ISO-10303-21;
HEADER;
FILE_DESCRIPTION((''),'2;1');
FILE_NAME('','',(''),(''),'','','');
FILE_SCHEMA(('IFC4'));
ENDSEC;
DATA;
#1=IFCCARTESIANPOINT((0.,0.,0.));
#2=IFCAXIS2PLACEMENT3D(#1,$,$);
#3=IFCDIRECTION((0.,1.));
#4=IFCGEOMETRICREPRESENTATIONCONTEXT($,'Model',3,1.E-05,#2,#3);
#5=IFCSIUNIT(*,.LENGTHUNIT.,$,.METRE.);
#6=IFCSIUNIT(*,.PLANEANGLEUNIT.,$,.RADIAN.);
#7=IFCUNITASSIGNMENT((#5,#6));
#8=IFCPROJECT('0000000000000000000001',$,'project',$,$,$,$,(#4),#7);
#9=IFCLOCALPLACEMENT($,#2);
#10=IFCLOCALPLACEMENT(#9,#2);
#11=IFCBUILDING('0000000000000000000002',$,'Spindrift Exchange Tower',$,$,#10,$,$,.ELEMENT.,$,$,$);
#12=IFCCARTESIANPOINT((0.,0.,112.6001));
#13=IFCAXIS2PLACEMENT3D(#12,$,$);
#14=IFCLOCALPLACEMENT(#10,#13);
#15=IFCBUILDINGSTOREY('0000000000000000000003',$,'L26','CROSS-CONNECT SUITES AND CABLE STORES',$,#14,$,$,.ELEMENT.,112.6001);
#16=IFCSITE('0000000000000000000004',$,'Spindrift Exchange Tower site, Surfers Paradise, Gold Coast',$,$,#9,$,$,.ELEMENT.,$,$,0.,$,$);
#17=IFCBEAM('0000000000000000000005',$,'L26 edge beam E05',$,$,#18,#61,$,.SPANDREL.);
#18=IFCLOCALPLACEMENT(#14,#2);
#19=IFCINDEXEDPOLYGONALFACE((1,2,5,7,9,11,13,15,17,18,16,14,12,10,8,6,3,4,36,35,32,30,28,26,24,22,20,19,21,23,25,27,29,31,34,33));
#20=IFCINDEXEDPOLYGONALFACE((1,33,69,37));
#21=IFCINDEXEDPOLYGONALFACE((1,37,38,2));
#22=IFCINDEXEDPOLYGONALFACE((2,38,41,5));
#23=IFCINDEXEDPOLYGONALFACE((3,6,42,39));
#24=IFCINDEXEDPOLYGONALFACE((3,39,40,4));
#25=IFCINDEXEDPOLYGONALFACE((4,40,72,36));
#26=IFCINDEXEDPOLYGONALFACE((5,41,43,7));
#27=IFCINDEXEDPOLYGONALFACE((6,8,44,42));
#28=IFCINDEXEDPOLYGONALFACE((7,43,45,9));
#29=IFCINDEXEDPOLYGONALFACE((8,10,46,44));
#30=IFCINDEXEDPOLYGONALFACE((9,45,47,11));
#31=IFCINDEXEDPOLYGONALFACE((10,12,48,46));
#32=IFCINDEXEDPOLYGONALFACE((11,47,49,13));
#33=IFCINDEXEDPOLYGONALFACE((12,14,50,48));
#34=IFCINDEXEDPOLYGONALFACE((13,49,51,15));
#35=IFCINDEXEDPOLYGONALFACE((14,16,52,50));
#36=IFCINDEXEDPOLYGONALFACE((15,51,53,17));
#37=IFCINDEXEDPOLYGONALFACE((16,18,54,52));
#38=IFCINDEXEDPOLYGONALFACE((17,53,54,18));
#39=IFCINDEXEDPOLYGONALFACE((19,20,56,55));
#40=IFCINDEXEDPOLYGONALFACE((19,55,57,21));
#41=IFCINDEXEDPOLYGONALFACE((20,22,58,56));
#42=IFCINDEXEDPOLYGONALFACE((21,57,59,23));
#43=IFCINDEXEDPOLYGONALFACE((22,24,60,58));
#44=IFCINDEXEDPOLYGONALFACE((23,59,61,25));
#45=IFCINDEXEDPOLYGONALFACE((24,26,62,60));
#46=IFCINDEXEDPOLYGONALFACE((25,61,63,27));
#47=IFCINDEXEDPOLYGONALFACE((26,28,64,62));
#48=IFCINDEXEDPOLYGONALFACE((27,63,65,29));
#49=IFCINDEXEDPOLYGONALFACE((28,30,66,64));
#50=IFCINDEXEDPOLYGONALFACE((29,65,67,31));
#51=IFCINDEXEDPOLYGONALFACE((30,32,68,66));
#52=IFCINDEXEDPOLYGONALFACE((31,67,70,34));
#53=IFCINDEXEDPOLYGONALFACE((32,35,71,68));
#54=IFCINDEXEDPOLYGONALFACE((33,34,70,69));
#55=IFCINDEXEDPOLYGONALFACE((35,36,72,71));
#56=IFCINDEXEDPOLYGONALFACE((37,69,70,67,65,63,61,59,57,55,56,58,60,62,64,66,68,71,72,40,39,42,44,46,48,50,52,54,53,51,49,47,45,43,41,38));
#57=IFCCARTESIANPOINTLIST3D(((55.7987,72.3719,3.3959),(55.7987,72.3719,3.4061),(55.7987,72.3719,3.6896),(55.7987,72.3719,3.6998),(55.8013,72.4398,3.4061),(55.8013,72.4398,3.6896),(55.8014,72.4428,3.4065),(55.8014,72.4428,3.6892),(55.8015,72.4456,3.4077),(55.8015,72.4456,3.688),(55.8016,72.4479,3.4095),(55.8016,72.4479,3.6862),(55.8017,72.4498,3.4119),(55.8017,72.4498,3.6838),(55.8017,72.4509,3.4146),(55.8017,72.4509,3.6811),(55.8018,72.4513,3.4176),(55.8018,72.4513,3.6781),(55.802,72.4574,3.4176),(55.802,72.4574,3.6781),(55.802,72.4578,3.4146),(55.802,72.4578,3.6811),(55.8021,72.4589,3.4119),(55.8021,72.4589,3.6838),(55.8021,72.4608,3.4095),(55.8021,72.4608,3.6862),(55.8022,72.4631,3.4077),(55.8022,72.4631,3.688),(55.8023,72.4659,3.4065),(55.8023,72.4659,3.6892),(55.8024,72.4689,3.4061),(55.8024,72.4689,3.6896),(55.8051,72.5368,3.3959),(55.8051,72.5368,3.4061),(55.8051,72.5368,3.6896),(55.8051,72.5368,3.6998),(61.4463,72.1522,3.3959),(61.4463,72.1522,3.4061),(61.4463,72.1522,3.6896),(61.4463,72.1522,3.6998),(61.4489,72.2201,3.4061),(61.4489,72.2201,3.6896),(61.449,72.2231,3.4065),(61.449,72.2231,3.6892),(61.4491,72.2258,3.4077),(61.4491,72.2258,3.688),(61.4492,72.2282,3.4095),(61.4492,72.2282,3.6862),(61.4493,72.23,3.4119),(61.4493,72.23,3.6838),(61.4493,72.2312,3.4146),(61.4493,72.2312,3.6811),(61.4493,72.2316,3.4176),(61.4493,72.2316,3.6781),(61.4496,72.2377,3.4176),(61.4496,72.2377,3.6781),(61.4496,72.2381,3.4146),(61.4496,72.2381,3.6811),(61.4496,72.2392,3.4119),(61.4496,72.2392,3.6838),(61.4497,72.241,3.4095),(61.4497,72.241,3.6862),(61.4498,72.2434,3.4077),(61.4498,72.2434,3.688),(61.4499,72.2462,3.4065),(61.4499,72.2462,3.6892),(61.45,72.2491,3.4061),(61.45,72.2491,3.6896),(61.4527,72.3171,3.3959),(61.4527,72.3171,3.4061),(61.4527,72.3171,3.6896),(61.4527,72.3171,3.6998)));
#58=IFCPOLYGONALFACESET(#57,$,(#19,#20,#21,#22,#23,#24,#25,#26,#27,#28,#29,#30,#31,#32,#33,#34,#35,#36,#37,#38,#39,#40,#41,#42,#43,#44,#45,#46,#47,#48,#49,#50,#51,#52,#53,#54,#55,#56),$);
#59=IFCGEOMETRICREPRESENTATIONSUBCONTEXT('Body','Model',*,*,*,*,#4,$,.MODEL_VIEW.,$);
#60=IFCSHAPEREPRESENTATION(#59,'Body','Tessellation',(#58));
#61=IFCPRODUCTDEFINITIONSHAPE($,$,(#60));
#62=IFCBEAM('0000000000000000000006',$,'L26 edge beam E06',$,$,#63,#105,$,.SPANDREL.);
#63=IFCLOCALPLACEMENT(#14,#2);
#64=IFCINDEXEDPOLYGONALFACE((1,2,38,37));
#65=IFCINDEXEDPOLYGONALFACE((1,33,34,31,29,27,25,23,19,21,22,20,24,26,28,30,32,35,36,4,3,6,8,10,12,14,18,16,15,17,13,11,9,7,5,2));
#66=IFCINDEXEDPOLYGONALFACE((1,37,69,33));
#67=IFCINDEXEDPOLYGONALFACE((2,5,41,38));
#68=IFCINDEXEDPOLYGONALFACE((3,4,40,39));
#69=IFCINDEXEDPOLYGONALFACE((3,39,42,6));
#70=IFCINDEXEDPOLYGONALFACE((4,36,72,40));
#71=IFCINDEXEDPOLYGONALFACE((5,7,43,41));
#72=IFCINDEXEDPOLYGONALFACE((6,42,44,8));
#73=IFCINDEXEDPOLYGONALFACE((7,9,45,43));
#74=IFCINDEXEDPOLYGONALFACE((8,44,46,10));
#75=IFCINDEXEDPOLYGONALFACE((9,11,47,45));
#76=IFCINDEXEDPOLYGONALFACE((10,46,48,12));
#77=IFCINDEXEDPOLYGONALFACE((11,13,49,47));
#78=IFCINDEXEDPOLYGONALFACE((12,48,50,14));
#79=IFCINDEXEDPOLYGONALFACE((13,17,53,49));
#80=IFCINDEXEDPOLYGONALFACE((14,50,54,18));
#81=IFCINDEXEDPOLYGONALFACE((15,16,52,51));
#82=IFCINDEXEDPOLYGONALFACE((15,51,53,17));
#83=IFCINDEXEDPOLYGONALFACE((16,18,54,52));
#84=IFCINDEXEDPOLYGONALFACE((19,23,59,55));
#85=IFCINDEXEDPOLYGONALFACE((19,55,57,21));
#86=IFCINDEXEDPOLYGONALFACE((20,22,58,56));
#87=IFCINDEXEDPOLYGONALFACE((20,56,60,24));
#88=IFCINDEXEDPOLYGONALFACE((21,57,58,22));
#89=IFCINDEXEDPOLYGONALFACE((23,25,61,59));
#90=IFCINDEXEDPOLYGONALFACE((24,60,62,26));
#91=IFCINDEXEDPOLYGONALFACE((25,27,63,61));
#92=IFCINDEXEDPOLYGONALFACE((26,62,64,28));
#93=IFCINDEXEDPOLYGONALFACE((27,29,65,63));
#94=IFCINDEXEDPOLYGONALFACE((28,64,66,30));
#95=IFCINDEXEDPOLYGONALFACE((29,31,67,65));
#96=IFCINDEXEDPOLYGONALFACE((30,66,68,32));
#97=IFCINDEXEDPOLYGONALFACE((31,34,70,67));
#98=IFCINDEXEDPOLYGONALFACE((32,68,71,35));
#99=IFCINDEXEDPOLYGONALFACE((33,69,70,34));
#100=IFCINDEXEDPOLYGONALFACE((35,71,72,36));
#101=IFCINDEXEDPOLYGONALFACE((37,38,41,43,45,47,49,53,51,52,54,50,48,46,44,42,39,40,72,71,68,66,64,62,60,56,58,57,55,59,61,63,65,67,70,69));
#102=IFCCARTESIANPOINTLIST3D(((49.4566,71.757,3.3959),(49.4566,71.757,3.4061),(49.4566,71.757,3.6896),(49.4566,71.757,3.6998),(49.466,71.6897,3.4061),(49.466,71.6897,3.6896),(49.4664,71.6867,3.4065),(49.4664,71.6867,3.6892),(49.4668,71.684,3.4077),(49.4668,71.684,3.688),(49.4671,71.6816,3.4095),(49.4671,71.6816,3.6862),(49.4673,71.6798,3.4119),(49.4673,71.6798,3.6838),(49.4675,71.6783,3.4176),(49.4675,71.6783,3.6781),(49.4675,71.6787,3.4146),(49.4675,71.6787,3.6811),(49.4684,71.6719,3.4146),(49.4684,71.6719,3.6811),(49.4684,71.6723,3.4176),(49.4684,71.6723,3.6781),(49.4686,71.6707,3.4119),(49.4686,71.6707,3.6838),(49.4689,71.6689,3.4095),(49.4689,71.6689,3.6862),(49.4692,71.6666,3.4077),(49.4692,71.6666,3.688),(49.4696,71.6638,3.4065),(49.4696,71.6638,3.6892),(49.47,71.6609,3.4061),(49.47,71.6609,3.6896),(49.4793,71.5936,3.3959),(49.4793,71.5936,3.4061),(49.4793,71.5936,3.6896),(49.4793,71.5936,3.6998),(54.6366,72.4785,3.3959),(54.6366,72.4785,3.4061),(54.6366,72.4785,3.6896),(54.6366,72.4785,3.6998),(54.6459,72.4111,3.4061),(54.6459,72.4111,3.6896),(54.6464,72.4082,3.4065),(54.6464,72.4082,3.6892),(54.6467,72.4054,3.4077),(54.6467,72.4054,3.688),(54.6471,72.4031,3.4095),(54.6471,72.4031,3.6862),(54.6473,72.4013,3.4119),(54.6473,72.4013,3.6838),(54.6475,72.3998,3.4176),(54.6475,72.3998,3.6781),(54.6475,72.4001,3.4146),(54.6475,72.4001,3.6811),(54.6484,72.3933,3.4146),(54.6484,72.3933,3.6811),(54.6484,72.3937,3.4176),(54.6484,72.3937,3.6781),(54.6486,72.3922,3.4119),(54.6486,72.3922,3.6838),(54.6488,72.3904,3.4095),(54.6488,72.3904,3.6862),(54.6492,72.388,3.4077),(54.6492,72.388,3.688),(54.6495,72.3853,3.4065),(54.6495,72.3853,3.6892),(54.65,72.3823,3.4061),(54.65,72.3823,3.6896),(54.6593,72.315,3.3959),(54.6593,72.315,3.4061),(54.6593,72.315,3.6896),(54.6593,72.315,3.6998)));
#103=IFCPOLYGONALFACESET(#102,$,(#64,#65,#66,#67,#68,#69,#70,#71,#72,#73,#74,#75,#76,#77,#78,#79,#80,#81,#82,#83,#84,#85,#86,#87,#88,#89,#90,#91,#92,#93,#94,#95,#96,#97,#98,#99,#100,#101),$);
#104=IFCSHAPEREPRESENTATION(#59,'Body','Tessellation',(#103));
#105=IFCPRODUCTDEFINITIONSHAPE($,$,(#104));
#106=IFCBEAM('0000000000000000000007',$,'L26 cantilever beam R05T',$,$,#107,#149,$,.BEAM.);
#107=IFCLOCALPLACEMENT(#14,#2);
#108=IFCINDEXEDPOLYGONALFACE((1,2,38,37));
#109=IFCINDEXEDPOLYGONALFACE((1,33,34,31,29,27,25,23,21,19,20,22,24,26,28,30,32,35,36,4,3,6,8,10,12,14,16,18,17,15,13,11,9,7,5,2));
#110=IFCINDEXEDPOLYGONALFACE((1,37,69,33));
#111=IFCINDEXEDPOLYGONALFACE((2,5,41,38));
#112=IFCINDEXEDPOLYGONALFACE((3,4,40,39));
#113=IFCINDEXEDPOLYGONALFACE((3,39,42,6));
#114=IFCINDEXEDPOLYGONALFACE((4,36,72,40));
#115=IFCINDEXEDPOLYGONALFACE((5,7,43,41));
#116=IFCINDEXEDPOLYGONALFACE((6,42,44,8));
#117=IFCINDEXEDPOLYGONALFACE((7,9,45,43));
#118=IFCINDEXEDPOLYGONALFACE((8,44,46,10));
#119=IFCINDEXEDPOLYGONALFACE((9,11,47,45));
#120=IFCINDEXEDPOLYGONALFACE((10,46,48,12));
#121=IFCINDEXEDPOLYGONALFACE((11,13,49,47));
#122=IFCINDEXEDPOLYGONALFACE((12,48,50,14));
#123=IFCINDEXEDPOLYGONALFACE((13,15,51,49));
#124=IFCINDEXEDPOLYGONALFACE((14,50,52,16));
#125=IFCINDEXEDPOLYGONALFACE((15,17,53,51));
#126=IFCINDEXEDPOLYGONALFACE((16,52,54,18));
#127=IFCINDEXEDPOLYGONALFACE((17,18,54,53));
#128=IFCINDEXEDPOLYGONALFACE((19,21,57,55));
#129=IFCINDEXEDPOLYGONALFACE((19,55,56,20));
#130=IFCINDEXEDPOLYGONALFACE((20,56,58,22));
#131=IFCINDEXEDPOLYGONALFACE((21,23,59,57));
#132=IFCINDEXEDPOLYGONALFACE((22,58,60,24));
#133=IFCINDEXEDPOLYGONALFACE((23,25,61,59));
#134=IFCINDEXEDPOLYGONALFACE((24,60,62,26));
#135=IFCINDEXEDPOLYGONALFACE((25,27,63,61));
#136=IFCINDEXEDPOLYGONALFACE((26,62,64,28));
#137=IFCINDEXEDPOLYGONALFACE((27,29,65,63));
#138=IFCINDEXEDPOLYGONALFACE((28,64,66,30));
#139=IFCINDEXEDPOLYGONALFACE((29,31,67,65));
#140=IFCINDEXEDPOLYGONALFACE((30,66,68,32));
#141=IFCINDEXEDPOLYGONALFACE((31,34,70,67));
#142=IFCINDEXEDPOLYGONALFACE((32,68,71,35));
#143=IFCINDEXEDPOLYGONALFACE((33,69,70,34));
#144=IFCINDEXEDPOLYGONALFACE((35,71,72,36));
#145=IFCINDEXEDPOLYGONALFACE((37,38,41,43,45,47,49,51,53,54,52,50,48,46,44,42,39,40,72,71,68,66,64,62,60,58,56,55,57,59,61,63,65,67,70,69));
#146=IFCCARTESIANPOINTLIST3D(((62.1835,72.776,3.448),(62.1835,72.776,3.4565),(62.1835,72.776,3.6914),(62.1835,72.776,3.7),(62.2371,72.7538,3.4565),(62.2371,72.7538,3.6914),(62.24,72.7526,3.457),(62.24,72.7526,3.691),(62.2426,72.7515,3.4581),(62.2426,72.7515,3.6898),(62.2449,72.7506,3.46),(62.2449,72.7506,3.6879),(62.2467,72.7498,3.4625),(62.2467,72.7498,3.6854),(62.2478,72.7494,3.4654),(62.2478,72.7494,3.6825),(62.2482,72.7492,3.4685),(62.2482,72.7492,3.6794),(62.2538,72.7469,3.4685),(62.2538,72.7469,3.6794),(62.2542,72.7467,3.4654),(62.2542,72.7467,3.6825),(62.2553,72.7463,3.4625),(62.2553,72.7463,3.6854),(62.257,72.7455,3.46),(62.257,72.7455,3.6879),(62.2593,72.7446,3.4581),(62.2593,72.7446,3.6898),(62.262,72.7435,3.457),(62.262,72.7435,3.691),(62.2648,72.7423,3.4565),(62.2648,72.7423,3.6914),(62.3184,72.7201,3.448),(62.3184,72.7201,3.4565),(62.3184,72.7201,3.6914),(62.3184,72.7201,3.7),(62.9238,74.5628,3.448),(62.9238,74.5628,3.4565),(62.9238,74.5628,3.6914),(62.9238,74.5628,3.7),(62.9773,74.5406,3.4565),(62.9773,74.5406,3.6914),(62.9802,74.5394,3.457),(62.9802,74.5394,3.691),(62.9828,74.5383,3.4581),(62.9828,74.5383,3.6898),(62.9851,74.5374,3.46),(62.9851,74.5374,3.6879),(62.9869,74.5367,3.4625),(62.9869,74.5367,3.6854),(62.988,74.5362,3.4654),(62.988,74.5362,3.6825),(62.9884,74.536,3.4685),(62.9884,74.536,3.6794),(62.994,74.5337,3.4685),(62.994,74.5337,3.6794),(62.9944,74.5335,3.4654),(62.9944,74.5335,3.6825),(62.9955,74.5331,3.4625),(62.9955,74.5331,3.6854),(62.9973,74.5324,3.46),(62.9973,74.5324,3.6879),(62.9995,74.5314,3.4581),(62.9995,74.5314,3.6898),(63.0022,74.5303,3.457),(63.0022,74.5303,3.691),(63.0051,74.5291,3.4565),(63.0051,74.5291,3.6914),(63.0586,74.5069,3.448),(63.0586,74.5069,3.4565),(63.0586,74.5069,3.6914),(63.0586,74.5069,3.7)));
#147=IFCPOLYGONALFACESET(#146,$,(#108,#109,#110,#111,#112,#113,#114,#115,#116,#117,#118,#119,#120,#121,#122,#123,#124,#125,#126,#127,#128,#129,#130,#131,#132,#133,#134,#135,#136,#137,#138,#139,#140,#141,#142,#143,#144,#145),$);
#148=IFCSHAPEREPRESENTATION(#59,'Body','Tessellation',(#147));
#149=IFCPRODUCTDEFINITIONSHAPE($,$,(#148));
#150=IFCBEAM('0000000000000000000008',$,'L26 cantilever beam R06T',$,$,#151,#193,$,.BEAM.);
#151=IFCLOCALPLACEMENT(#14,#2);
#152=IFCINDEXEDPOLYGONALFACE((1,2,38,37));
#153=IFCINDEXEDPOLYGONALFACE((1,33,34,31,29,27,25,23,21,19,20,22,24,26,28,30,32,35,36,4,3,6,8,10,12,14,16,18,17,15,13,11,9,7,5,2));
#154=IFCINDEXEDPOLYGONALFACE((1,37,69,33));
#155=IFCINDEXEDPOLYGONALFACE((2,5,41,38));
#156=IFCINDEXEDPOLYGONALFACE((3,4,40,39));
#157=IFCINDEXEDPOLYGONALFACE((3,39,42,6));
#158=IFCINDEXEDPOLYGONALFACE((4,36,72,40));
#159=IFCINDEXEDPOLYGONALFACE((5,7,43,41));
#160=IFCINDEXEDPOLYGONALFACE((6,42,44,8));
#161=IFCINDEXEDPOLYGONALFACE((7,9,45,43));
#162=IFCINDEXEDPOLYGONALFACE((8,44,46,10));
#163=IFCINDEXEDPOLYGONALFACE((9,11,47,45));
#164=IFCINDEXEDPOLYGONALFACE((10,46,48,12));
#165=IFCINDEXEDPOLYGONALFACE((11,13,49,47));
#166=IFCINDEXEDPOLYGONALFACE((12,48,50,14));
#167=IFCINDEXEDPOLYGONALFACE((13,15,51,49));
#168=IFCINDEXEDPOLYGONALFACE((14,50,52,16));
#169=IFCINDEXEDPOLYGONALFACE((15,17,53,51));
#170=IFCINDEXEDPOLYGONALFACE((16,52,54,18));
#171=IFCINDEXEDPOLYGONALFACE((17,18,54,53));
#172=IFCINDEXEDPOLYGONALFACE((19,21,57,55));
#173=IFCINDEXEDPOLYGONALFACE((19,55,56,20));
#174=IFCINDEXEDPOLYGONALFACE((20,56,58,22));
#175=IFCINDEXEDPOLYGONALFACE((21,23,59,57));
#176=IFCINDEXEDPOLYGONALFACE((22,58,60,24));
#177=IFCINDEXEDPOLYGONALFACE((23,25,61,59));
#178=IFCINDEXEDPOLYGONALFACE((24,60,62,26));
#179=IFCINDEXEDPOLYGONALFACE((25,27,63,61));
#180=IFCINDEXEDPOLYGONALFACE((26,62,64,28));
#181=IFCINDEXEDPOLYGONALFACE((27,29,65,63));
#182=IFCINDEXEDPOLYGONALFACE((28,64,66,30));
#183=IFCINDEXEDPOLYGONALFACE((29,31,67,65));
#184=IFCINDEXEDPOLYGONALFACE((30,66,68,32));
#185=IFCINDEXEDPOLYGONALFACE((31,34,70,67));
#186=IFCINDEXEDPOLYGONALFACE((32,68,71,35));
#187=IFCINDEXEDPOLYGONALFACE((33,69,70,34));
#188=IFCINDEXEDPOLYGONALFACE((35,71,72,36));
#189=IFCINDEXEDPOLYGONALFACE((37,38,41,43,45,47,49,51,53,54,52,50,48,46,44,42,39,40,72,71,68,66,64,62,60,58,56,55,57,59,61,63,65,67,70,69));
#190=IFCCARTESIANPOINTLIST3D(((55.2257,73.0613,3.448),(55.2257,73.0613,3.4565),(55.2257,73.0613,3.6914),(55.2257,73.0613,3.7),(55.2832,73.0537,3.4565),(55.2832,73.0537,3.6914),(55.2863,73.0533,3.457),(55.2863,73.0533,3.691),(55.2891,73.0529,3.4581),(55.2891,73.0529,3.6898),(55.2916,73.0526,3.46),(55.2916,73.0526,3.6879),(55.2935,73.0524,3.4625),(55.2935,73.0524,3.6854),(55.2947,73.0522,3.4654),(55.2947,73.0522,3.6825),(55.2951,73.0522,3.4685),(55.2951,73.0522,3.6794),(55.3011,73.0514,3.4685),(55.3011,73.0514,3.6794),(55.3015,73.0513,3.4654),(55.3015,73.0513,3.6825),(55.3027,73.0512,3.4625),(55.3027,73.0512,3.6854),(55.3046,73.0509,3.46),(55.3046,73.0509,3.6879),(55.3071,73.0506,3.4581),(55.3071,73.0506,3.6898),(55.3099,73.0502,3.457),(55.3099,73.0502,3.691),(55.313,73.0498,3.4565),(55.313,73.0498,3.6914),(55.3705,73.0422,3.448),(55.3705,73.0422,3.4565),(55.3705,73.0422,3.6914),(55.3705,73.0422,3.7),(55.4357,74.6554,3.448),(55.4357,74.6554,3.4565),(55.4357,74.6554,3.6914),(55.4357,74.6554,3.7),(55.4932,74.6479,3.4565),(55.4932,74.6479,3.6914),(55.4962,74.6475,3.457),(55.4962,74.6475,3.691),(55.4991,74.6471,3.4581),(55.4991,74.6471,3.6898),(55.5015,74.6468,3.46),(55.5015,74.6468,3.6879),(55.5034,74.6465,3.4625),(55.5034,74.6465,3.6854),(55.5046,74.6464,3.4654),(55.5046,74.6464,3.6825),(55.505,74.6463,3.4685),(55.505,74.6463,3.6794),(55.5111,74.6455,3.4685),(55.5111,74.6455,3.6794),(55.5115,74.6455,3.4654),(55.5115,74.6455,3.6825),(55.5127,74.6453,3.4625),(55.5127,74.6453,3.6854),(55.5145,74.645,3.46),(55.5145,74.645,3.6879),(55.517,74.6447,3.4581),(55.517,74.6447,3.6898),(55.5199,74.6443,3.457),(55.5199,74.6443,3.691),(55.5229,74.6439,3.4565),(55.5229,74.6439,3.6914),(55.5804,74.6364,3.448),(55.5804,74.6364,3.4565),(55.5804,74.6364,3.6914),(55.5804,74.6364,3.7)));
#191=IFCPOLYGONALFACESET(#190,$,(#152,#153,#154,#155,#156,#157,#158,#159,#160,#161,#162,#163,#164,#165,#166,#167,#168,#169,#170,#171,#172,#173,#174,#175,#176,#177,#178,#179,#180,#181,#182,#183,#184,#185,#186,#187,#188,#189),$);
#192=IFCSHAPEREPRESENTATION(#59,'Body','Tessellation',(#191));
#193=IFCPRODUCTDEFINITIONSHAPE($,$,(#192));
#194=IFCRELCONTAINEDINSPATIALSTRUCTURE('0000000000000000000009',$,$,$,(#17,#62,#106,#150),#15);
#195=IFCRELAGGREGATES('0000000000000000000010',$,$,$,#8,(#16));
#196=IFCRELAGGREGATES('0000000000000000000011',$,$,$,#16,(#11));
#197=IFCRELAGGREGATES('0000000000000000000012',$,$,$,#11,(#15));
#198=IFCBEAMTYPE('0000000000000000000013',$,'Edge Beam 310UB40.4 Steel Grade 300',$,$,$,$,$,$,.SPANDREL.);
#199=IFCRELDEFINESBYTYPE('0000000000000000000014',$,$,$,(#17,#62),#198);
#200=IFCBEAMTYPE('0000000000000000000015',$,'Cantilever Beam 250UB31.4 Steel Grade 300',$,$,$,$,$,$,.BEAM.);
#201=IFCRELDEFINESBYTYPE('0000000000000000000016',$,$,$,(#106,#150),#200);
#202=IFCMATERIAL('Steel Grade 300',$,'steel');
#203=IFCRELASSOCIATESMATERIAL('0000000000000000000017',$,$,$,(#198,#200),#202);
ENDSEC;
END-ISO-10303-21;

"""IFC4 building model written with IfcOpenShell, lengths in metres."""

from ifc_helpers import new_model, si_unit, direction, frame, origin, origin_2d, place, context, subcontext, project, spatial, i_section, extrude, source, transform, mapped, material, material_profile, profile_set, type_object, element, save


model = new_model("IFC4")

# Units and contexts
model_context = context("Model", 3, precision=1e-05, world=origin(), true_north=direction((0.0, 1.0)))
body_context = subcontext(model_context, "Body", "Model", "MODEL_VIEW")
ifc_project = project(units=[si_unit("LENGTHUNIT", "METRE"), si_unit("PLANEANGLEUNIT", "RADIAN")], contexts=[model_context])

# Site, building, storey
site_placement = place(None, origin())
site = spatial("IfcSite", under=ifc_project, at=site_placement, Name="Spindrift Exchange Tower site, Surfers Paradise, Gold Coast", CompositionType="ELEMENT", RefElevation=0.0)
building_placement = place(site_placement, origin())
building = spatial("IfcBuilding", under=site, at=building_placement, Name="Spindrift Exchange Tower", CompositionType="ELEMENT")
storey_placement = place(building_placement, frame((0.0, 0.0, 112.6001)))
storey = spatial("IfcBuildingStorey", under=building, at=storey_placement, Name="L26", Description="CROSS-CONNECT SUITES AND CABLE STORES", CompositionType="ELEMENT", Elevation=112.6001)

# Beams
ifc_material_1 = material(Name="Steel Grade 300", Category="steel")
ifc_material_profile_1 = material_profile(ifc_material_1, i_section(OverallWidth=0.165, OverallDepth=0.304, WebThickness=0.0061, FlangeThickness=0.0103, FilletRadius=0.0115, at=origin_2d()), Name="310UB40.4")
ifc_profile_set_1 = profile_set([ifc_material_profile_1], Name="Steel Grade 300")
beam_type_1 = type_object("IfcBeamType", Name="Edge Beam 310UB40.4 Steel Grade 300", PredefinedType="SPANDREL", material=ifc_profile_set_1)
shared_shape_1 = source(origin(), body_context, "Body", "SweptSolid", [
    extrude(i_section(OverallWidth=0.165, OverallDepth=0.304, WebThickness=0.0061, FlangeThickness=0.0103, FilletRadius=0.0115, at=origin_2d()), origin(), (0.0, 0.0, 1.0), 5.6519),
])
beam_1_placement = place(storey_placement, frame((61.4495, 72.2346, 3.5479), z_axis=(-0.999244, 0.038878, 0.0), x_axis=(-0.038878, -0.999244, 0.0)))
element("IfcBeam", 1, at=beam_1_placement, inside=storey, type_object=beam_type_1, Name="L26 edge beam E05", PredefinedType="SPANDREL", context=body_context, shape_type="MappedRepresentation", body=[
    mapped(shared_shape_1, transform((0.0, 0.0, 0.0), scale=1.0)),
])
shared_shape_2 = source(origin(), body_context, "Body", "SweptSolid", [
    extrude(i_section(OverallWidth=0.165, OverallDepth=0.304, WebThickness=0.0061, FlangeThickness=0.0103, FilletRadius=0.0115, at=origin_2d()), origin(), (0.0, 0.0, 1.0), 5.23),
])
beam_2_placement = place(storey_placement, frame((54.6479, 72.3967, 3.5479), z_axis=(-0.99044, -0.137944, 0.0), x_axis=(0.137944, -0.99044, 0.0)))
element("IfcBeam", 2, at=beam_2_placement, inside=storey, type_object=beam_type_1, Name="L26 edge beam E06", PredefinedType="SPANDREL", context=body_context, shape_type="MappedRepresentation", body=[
    mapped(shared_shape_2, transform((0.0, 0.0, 0.0), scale=1.0)),
])
ifc_material_profile_2 = material_profile(ifc_material_1, i_section(OverallWidth=0.146, OverallDepth=0.252, WebThickness=0.0061, FlangeThickness=0.0085, FilletRadius=0.012, at=origin_2d()), Name="250UB31.4")
ifc_profile_set_2 = profile_set([ifc_material_profile_2], Name="Steel Grade 300")
beam_type_2 = type_object("IfcBeamType", Name="Cantilever Beam 250UB31.4 Steel Grade 300", PredefinedType="BEAM", material=ifc_profile_set_2)
shared_shape_3 = source(origin(), body_context, "Body", "SweptSolid", [
    extrude(i_section(OverallWidth=0.146, OverallDepth=0.252, WebThickness=0.0061, FlangeThickness=0.0085, FilletRadius=0.012, at=origin_2d()), origin(), (0.0, 0.0, 1.0), 1.9341),
])
beam_3_placement = place(storey_placement, frame((62.251, 72.748, 3.574), z_axis=(0.382723, 0.923863, 0.0), x_axis=(-0.923863, 0.382723, 0.0)))
element("IfcBeam", 3, at=beam_3_placement, inside=storey, type_object=beam_type_2, Name="L26 cantilever beam R05T", PredefinedType="BEAM", context=body_context, shape_type="MappedRepresentation", body=[
    mapped(shared_shape_3, transform((0.0, 0.0, 0.0), scale=1.0)),
])
shared_shape_4 = source(origin(), body_context, "Body", "SweptSolid", [
    extrude(i_section(OverallWidth=0.146, OverallDepth=0.252, WebThickness=0.0061, FlangeThickness=0.0085, FilletRadius=0.012, at=origin_2d()), origin(), (0.0, 0.0, 1.0), 1.6079),
])
beam_4_placement = place(storey_placement, frame((55.2981, 73.0518, 3.574), z_axis=(0.130572, 0.991439, 0.0), x_axis=(-0.991439, 0.130572, 0.0)))
element("IfcBeam", 4, at=beam_4_placement, inside=storey, type_object=beam_type_2, Name="L26 cantilever beam R06T", PredefinedType="BEAM", context=body_context, shape_type="MappedRepresentation", body=[
    mapped(shared_shape_4, transform((0.0, 0.0, 0.0), scale=1.0)),
])

save(model, "model.ifc")
